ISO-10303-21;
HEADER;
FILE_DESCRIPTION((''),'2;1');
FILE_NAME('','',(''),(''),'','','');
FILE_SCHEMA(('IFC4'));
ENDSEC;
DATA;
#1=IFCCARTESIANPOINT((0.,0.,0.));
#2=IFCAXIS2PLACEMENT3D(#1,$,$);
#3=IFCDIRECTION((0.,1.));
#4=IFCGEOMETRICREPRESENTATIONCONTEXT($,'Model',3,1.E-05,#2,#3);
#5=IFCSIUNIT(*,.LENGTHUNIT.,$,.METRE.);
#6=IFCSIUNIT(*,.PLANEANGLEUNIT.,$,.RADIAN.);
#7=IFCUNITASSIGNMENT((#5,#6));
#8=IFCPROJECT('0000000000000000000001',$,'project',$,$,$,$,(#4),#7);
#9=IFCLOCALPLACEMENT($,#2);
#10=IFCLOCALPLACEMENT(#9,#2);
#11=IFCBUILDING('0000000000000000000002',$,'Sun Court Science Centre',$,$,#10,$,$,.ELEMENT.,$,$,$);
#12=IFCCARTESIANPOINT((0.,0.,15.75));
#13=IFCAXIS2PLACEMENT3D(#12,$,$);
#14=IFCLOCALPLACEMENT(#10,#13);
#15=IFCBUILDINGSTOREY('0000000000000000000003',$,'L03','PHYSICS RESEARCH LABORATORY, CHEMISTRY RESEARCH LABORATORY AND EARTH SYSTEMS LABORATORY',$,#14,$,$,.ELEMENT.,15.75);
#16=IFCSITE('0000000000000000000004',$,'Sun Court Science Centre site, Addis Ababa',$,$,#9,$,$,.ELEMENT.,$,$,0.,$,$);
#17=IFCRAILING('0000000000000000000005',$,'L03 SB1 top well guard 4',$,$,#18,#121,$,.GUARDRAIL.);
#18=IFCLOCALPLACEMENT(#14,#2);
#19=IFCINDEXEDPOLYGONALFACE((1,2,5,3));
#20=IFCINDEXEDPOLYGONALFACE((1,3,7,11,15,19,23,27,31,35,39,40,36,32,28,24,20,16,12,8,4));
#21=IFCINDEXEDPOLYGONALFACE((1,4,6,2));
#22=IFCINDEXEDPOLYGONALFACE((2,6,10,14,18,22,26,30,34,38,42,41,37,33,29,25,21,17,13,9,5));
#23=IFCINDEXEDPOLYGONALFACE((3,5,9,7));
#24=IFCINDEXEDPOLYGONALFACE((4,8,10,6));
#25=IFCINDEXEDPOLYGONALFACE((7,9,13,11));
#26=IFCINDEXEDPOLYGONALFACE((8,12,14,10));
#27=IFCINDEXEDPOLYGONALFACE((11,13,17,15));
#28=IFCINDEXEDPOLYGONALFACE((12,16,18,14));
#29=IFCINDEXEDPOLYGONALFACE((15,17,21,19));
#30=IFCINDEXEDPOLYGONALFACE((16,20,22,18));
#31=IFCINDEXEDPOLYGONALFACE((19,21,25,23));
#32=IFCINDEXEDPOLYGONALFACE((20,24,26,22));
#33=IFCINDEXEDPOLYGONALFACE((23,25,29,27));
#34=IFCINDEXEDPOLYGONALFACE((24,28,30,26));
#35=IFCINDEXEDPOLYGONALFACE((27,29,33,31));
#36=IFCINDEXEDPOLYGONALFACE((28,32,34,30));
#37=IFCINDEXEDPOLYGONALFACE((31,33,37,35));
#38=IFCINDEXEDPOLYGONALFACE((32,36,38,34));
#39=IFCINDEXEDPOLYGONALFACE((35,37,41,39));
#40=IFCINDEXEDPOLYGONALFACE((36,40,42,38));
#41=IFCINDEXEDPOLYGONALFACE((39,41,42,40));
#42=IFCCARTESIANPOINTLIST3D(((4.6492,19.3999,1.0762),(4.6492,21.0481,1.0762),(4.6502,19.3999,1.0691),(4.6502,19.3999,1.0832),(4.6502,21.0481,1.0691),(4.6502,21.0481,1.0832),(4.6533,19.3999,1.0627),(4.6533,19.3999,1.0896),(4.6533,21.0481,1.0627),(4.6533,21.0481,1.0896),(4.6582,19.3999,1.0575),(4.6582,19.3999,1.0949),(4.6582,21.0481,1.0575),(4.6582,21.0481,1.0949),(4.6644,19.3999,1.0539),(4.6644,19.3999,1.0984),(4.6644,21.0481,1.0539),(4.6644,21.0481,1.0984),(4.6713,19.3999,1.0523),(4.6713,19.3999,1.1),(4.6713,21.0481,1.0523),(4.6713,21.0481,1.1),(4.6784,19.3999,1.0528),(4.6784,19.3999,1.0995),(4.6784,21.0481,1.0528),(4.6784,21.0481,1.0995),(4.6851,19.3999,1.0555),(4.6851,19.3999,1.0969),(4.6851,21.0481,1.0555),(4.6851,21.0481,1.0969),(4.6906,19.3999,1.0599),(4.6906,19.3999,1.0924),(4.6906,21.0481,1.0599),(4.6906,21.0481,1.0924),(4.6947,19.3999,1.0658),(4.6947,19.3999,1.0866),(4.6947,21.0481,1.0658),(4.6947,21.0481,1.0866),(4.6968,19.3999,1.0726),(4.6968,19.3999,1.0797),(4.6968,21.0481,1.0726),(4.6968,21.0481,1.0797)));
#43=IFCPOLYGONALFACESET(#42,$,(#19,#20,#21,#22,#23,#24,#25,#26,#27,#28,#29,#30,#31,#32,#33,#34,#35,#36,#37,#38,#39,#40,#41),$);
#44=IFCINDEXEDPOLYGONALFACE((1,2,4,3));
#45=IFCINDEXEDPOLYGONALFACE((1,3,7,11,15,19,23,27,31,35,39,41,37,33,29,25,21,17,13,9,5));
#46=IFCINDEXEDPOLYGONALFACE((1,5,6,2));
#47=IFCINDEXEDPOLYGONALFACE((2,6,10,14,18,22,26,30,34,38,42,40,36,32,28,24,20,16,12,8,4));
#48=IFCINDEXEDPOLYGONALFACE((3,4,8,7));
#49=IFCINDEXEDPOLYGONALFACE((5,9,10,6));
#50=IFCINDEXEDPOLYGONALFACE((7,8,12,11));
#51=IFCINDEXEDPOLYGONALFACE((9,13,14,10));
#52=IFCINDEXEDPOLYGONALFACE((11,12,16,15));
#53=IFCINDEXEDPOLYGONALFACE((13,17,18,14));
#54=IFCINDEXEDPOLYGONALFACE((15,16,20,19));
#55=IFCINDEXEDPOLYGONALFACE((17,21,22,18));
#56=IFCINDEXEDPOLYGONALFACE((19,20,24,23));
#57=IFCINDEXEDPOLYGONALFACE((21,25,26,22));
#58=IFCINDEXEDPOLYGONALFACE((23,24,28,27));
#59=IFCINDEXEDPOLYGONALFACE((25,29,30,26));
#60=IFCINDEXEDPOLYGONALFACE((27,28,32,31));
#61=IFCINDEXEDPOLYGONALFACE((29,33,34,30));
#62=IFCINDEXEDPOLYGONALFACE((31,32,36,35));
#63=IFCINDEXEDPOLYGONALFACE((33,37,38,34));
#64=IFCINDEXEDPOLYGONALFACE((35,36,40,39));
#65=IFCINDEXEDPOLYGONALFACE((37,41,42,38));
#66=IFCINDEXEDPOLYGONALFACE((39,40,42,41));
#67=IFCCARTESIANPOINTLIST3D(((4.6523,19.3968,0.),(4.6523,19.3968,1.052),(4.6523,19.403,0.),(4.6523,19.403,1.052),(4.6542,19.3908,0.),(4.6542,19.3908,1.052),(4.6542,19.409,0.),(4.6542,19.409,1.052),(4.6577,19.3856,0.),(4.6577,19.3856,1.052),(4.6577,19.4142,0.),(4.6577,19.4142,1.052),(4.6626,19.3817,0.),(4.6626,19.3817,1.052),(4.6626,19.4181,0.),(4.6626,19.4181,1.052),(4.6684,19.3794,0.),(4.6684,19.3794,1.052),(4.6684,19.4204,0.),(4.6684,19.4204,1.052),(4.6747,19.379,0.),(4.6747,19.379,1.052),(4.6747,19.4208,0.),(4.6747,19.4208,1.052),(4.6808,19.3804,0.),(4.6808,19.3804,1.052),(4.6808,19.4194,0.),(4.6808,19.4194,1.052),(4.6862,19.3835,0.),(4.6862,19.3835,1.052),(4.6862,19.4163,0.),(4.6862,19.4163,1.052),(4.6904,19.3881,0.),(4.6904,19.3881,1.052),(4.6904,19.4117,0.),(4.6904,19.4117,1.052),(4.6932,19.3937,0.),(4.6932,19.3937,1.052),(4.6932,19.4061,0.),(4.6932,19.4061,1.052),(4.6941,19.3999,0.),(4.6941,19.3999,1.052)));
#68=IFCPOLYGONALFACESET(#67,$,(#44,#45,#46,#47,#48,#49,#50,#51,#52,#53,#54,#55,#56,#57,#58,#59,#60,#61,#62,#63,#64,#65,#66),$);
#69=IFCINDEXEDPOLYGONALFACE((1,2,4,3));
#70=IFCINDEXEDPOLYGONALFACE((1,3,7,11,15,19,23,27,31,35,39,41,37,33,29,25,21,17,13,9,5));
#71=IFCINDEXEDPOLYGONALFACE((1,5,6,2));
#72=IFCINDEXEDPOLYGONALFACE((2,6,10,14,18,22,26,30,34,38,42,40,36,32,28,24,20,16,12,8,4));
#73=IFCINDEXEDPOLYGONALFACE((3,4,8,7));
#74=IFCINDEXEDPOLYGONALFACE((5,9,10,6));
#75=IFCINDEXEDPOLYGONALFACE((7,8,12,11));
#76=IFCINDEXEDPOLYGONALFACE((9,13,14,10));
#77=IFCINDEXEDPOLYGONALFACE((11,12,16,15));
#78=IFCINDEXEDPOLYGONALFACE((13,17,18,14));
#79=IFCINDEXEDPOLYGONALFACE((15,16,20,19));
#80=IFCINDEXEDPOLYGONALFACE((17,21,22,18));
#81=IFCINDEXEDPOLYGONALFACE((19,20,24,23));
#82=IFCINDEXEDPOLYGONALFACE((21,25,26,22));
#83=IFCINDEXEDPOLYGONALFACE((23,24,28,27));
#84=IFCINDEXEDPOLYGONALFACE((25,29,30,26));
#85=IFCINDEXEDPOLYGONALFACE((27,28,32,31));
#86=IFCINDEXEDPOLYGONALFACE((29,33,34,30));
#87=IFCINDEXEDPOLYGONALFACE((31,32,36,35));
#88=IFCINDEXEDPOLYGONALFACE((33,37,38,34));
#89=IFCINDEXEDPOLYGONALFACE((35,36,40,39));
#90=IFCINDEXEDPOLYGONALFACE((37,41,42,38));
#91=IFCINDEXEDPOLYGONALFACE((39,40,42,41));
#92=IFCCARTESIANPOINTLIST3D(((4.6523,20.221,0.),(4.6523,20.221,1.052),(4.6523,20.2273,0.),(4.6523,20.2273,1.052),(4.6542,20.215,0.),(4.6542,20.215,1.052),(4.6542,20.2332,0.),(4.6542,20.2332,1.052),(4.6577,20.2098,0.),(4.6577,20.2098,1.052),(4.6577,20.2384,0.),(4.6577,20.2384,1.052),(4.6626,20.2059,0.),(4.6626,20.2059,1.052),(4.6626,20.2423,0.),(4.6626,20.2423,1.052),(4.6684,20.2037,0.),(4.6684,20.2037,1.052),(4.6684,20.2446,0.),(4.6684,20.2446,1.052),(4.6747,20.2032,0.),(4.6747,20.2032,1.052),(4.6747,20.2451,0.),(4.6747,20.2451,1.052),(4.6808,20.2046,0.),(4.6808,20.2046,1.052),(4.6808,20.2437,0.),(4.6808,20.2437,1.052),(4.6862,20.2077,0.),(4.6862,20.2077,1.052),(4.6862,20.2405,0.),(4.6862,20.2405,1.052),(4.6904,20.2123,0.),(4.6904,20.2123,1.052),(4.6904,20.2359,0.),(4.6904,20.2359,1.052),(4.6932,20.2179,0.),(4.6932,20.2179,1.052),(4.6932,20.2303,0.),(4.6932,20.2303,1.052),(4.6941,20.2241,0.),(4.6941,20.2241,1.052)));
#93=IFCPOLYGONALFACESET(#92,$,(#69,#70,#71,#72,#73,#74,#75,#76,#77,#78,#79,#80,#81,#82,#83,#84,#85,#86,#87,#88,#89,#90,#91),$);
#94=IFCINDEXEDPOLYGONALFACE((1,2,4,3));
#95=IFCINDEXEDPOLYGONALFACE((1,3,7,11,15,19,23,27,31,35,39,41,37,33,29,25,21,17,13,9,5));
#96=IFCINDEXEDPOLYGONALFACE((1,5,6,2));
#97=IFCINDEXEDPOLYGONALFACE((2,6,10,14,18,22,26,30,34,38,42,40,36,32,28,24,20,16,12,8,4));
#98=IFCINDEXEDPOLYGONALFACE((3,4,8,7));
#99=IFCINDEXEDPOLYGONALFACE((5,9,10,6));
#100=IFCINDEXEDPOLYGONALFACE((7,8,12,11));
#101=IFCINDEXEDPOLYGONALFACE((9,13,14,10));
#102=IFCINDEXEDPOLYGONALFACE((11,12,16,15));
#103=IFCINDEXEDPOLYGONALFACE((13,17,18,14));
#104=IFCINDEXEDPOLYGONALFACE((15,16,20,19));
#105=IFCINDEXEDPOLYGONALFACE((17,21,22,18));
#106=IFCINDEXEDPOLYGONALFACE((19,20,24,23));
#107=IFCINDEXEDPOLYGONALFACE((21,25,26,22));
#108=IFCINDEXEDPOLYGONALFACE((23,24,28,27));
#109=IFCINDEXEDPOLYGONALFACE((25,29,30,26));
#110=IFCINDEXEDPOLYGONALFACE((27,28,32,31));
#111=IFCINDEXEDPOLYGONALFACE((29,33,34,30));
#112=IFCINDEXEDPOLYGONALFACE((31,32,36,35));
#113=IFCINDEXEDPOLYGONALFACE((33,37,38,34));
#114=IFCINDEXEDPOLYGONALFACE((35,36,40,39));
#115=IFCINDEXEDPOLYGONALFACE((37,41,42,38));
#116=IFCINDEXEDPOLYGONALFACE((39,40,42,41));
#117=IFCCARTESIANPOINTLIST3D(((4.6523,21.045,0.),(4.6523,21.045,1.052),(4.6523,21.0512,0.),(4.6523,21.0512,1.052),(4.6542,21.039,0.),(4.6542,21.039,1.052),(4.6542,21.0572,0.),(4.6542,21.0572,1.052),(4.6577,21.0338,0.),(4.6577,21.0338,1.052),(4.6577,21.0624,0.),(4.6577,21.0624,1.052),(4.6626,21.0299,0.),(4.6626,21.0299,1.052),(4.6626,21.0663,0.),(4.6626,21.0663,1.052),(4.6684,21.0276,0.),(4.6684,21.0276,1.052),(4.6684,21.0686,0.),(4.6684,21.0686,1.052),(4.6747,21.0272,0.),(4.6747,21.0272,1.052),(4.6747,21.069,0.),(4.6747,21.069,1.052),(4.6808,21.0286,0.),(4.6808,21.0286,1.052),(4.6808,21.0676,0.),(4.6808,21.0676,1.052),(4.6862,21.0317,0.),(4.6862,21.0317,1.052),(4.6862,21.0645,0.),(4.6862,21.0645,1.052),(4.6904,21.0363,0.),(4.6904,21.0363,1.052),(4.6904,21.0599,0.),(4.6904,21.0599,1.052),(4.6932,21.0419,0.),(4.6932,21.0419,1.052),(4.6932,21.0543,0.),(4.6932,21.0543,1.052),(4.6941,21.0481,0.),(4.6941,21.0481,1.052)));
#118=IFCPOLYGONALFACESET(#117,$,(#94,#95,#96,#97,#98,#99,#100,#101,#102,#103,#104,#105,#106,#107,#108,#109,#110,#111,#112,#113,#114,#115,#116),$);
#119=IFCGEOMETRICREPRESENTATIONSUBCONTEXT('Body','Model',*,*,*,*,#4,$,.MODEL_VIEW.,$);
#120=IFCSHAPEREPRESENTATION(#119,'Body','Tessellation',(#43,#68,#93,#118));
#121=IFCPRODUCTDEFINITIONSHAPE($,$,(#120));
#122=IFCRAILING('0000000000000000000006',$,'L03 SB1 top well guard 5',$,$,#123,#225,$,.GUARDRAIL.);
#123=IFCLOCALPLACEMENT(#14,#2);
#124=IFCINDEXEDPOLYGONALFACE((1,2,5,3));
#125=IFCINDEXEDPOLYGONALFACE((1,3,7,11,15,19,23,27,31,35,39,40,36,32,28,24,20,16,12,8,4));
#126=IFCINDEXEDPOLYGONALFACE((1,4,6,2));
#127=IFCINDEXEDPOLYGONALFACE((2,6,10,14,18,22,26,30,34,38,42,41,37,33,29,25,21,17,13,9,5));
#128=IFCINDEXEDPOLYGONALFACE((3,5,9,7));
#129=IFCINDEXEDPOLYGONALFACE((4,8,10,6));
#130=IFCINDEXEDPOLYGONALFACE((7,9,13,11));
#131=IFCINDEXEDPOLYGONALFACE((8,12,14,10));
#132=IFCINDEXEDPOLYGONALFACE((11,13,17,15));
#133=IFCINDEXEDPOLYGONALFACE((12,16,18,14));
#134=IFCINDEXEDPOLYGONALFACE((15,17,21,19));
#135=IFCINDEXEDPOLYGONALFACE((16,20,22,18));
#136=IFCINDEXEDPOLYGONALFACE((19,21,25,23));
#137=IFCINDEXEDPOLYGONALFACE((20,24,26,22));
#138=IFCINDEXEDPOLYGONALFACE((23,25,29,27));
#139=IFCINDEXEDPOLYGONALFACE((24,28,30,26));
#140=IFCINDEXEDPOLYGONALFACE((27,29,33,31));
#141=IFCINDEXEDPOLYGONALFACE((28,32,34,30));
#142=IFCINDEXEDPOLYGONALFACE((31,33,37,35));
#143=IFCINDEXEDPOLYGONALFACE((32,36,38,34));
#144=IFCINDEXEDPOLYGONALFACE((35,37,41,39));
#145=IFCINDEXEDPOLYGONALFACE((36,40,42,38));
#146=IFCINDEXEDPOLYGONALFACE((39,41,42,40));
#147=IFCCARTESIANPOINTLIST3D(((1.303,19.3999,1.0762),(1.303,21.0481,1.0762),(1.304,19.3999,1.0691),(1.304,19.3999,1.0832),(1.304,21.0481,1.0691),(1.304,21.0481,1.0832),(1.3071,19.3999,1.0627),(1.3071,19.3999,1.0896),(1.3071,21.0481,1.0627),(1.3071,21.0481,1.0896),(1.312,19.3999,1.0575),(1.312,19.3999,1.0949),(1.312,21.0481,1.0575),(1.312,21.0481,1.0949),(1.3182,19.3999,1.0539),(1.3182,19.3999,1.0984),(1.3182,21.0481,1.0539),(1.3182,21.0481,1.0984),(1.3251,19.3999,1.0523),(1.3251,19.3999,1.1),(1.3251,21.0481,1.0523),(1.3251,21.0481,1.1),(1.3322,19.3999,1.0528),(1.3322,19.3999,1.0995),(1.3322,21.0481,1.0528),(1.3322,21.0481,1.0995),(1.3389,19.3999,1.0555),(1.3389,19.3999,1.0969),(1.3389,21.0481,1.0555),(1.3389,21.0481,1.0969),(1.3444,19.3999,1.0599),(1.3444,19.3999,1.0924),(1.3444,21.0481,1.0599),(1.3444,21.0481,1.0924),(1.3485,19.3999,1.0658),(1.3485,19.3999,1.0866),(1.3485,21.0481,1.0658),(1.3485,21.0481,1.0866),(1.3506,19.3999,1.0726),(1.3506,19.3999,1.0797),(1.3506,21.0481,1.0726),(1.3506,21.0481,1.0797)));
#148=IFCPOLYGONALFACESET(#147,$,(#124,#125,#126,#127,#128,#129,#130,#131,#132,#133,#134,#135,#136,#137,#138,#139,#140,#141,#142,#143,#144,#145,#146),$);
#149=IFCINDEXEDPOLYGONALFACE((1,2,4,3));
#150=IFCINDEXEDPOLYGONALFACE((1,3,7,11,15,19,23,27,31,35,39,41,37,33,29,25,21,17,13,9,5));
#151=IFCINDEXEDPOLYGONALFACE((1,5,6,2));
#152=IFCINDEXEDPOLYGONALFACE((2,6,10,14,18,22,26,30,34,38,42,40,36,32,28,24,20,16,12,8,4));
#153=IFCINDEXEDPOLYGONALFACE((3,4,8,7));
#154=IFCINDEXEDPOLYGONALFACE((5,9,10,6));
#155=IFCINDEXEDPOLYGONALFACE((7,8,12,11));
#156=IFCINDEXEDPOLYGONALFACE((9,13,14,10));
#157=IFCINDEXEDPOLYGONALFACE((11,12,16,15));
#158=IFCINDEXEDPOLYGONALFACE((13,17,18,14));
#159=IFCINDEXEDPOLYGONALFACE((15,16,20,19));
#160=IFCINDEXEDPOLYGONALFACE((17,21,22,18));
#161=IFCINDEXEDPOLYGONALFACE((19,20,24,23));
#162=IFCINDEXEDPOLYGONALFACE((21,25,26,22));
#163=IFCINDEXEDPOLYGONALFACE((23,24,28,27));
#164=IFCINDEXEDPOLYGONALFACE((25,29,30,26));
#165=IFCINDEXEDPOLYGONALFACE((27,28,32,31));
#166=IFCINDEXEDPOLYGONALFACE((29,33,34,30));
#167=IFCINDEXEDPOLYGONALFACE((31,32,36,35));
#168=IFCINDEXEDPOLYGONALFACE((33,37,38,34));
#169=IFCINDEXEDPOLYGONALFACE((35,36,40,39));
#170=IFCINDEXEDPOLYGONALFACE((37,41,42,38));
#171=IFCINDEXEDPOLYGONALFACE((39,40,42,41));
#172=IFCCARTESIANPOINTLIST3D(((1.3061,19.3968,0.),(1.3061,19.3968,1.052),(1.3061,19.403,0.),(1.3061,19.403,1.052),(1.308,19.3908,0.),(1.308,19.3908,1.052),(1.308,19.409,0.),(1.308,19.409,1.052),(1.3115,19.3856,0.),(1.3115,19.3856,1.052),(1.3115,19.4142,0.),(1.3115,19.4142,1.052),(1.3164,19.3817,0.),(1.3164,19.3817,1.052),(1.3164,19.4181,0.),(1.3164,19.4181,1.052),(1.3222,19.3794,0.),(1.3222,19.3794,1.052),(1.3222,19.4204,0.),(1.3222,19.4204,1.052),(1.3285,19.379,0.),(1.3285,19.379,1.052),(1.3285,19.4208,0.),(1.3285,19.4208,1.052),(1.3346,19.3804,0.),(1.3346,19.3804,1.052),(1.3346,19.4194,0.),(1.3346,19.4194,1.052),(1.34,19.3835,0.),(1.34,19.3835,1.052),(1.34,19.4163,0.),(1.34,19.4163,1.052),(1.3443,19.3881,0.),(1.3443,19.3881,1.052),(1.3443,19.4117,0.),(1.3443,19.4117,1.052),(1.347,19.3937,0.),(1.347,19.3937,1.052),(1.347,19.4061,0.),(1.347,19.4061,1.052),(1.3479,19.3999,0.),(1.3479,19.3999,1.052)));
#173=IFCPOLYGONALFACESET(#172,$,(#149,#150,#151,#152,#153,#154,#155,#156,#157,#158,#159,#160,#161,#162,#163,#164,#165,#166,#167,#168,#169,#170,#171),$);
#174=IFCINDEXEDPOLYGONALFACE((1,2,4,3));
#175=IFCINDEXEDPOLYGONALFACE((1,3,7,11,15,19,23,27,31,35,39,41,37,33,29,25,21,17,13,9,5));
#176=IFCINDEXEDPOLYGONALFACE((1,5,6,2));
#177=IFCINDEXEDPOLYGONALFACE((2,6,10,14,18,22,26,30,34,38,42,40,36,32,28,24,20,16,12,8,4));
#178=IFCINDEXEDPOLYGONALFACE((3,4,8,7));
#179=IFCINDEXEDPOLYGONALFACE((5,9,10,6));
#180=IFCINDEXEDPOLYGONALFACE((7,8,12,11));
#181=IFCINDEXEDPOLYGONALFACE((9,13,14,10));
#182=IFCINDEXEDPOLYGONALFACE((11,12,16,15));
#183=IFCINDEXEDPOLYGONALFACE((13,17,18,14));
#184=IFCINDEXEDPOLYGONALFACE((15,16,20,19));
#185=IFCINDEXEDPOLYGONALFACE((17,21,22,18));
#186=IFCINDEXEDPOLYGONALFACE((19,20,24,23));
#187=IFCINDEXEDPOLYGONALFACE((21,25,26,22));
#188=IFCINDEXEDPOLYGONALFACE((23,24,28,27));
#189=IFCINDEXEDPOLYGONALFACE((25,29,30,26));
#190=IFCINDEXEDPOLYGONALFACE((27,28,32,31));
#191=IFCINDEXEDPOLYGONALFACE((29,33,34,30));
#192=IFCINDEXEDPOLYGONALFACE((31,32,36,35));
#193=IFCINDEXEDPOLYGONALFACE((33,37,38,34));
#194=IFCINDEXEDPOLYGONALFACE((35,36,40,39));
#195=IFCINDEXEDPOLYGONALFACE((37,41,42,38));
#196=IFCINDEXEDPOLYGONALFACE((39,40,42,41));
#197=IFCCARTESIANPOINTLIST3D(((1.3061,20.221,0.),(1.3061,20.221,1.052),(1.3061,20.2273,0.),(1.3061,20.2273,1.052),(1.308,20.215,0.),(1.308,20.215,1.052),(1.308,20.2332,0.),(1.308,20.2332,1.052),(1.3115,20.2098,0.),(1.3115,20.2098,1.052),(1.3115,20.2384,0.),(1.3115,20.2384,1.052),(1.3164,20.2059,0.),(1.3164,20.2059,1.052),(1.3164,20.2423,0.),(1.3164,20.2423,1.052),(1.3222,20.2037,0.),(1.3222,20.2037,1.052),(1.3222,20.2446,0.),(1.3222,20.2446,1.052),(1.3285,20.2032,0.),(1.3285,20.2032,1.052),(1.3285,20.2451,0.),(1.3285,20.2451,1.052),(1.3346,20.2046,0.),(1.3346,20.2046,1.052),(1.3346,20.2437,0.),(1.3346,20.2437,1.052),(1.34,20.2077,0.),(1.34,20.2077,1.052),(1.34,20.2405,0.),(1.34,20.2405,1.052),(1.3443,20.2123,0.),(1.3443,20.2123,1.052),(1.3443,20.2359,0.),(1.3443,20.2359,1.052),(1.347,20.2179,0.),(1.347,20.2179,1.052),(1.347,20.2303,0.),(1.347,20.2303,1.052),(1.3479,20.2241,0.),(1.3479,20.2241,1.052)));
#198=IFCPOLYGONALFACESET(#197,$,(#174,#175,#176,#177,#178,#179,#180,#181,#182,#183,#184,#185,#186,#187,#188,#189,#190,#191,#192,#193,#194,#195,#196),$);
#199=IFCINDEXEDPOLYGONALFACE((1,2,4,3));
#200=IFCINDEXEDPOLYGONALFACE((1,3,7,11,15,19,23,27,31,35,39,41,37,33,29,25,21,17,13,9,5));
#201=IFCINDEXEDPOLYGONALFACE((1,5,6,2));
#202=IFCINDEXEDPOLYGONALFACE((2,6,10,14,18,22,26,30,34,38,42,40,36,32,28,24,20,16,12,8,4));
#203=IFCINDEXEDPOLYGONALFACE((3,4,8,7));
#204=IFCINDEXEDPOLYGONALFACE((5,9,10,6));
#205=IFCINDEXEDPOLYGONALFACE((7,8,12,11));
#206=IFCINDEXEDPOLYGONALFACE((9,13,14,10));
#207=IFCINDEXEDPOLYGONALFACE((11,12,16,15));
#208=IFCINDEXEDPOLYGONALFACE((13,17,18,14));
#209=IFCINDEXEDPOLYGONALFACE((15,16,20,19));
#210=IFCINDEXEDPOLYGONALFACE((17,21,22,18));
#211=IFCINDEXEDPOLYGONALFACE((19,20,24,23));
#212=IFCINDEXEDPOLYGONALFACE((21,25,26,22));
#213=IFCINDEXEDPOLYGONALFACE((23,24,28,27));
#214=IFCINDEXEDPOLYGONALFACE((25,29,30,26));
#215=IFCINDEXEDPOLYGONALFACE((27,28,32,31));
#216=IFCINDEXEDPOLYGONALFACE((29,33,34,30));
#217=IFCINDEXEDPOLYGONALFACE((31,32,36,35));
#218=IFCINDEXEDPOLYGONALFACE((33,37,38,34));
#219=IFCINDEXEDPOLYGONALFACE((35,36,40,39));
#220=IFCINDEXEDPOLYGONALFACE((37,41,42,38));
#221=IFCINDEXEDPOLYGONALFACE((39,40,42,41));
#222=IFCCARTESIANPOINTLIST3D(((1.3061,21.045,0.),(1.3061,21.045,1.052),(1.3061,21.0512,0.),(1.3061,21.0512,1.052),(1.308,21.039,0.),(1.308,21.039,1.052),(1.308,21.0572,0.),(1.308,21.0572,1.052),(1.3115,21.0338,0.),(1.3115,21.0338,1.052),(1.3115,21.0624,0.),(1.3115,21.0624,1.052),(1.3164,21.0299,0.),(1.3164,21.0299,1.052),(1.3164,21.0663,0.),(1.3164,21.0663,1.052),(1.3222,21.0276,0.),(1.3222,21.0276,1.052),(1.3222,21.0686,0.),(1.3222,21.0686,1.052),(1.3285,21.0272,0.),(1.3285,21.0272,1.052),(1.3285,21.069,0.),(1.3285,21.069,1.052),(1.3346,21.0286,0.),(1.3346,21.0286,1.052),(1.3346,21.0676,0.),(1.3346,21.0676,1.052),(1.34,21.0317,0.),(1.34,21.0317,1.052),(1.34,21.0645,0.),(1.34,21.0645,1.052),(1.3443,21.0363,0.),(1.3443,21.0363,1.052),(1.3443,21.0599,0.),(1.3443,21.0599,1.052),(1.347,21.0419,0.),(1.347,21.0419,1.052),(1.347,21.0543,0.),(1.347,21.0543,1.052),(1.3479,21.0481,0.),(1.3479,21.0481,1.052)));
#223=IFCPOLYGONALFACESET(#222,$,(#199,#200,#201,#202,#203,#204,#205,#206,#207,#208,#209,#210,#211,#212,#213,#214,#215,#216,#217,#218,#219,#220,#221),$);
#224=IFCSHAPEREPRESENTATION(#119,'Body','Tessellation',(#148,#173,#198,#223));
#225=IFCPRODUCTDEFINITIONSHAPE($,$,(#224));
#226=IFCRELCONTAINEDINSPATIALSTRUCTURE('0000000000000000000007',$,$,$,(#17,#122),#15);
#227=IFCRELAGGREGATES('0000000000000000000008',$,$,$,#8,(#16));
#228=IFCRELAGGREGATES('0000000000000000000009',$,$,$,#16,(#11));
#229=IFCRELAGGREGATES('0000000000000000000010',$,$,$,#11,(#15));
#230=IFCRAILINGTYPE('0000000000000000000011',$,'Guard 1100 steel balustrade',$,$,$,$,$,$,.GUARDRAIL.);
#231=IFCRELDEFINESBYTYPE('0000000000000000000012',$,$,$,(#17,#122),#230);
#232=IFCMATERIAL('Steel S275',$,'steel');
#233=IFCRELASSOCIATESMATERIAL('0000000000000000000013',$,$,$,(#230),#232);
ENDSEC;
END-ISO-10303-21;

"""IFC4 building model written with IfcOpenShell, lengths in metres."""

from ifc_helpers import new_model, si_unit, direction, frame, origin, origin_2d, place, context, subcontext, project, spatial, circle, extrude, material, type_object, element, save


model = new_model("IFC4")

# Units and contexts
model_context = context("Model", 3, precision=1e-05, world=origin(), true_north=direction((0.0, 1.0)))
body_context = subcontext(model_context, "Body", "Model", "MODEL_VIEW")
ifc_project = project(units=[si_unit("LENGTHUNIT", "METRE"), si_unit("PLANEANGLEUNIT", "RADIAN")], contexts=[model_context])

# Site, building, storey
site_placement = place(None, origin())
site = spatial("IfcSite", under=ifc_project, at=site_placement, Name="Sun Court Science Centre site, Addis Ababa", CompositionType="ELEMENT", RefElevation=0.0)
building_placement = place(site_placement, origin())
building = spatial("IfcBuilding", under=site, at=building_placement, Name="Sun Court Science Centre", CompositionType="ELEMENT")
storey_placement = place(building_placement, frame((0.0, 0.0, 15.75)))
storey = spatial("IfcBuildingStorey", under=building, at=storey_placement, Name="L03", Description="PHYSICS RESEARCH LABORATORY, CHEMISTRY RESEARCH LABORATORY AND EARTH SYSTEMS LABORATORY", CompositionType="ELEMENT", Elevation=15.75)

# Railings
ifc_material_1 = material(Name="Steel S275", Category="steel")
railing_type = type_object("IfcRailingType", Name="Guard 1100 steel balustrade", PredefinedType="GUARDRAIL", material=ifc_material_1)
for number, where, name in (
    (1, (4.6731, 19.3999, 0.0), "L03 SB1 top well guard 4"),
    (2, (1.3269, 19.3999, 0.0), "L03 SB1 top well guard 5"),
):
    element("IfcRailing", number, at=place(storey_placement, frame(where)), inside=storey, type_object=railing_type, Name=name, PredefinedType="GUARDRAIL", context=body_context, shape_type="SweptSolid", body=[
        extrude(circle(Radius=0.0239, at=origin_2d()), frame((0.0, 0.0, 1.0762), z_axis=(0.0, 1.0, 0.0), x_axis=(-1.0, 0.0, 0.0)), (0.0, 0.0, 1.0), 1.6482),
        extrude(circle(Radius=0.021, at=origin_2d()), origin(), (0.0, 0.0, 1.0), 1.052),
        extrude(circle(Radius=0.021, at=origin_2d()), frame((0.0, 0.8242, 0.0)), (0.0, 0.0, 1.0), 1.052),
        extrude(circle(Radius=0.021, at=origin_2d()), frame((0.0, 1.6482, 0.0)), (0.0, 0.0, 1.0), 1.052),
    ])

save(model, "model.ifc")
